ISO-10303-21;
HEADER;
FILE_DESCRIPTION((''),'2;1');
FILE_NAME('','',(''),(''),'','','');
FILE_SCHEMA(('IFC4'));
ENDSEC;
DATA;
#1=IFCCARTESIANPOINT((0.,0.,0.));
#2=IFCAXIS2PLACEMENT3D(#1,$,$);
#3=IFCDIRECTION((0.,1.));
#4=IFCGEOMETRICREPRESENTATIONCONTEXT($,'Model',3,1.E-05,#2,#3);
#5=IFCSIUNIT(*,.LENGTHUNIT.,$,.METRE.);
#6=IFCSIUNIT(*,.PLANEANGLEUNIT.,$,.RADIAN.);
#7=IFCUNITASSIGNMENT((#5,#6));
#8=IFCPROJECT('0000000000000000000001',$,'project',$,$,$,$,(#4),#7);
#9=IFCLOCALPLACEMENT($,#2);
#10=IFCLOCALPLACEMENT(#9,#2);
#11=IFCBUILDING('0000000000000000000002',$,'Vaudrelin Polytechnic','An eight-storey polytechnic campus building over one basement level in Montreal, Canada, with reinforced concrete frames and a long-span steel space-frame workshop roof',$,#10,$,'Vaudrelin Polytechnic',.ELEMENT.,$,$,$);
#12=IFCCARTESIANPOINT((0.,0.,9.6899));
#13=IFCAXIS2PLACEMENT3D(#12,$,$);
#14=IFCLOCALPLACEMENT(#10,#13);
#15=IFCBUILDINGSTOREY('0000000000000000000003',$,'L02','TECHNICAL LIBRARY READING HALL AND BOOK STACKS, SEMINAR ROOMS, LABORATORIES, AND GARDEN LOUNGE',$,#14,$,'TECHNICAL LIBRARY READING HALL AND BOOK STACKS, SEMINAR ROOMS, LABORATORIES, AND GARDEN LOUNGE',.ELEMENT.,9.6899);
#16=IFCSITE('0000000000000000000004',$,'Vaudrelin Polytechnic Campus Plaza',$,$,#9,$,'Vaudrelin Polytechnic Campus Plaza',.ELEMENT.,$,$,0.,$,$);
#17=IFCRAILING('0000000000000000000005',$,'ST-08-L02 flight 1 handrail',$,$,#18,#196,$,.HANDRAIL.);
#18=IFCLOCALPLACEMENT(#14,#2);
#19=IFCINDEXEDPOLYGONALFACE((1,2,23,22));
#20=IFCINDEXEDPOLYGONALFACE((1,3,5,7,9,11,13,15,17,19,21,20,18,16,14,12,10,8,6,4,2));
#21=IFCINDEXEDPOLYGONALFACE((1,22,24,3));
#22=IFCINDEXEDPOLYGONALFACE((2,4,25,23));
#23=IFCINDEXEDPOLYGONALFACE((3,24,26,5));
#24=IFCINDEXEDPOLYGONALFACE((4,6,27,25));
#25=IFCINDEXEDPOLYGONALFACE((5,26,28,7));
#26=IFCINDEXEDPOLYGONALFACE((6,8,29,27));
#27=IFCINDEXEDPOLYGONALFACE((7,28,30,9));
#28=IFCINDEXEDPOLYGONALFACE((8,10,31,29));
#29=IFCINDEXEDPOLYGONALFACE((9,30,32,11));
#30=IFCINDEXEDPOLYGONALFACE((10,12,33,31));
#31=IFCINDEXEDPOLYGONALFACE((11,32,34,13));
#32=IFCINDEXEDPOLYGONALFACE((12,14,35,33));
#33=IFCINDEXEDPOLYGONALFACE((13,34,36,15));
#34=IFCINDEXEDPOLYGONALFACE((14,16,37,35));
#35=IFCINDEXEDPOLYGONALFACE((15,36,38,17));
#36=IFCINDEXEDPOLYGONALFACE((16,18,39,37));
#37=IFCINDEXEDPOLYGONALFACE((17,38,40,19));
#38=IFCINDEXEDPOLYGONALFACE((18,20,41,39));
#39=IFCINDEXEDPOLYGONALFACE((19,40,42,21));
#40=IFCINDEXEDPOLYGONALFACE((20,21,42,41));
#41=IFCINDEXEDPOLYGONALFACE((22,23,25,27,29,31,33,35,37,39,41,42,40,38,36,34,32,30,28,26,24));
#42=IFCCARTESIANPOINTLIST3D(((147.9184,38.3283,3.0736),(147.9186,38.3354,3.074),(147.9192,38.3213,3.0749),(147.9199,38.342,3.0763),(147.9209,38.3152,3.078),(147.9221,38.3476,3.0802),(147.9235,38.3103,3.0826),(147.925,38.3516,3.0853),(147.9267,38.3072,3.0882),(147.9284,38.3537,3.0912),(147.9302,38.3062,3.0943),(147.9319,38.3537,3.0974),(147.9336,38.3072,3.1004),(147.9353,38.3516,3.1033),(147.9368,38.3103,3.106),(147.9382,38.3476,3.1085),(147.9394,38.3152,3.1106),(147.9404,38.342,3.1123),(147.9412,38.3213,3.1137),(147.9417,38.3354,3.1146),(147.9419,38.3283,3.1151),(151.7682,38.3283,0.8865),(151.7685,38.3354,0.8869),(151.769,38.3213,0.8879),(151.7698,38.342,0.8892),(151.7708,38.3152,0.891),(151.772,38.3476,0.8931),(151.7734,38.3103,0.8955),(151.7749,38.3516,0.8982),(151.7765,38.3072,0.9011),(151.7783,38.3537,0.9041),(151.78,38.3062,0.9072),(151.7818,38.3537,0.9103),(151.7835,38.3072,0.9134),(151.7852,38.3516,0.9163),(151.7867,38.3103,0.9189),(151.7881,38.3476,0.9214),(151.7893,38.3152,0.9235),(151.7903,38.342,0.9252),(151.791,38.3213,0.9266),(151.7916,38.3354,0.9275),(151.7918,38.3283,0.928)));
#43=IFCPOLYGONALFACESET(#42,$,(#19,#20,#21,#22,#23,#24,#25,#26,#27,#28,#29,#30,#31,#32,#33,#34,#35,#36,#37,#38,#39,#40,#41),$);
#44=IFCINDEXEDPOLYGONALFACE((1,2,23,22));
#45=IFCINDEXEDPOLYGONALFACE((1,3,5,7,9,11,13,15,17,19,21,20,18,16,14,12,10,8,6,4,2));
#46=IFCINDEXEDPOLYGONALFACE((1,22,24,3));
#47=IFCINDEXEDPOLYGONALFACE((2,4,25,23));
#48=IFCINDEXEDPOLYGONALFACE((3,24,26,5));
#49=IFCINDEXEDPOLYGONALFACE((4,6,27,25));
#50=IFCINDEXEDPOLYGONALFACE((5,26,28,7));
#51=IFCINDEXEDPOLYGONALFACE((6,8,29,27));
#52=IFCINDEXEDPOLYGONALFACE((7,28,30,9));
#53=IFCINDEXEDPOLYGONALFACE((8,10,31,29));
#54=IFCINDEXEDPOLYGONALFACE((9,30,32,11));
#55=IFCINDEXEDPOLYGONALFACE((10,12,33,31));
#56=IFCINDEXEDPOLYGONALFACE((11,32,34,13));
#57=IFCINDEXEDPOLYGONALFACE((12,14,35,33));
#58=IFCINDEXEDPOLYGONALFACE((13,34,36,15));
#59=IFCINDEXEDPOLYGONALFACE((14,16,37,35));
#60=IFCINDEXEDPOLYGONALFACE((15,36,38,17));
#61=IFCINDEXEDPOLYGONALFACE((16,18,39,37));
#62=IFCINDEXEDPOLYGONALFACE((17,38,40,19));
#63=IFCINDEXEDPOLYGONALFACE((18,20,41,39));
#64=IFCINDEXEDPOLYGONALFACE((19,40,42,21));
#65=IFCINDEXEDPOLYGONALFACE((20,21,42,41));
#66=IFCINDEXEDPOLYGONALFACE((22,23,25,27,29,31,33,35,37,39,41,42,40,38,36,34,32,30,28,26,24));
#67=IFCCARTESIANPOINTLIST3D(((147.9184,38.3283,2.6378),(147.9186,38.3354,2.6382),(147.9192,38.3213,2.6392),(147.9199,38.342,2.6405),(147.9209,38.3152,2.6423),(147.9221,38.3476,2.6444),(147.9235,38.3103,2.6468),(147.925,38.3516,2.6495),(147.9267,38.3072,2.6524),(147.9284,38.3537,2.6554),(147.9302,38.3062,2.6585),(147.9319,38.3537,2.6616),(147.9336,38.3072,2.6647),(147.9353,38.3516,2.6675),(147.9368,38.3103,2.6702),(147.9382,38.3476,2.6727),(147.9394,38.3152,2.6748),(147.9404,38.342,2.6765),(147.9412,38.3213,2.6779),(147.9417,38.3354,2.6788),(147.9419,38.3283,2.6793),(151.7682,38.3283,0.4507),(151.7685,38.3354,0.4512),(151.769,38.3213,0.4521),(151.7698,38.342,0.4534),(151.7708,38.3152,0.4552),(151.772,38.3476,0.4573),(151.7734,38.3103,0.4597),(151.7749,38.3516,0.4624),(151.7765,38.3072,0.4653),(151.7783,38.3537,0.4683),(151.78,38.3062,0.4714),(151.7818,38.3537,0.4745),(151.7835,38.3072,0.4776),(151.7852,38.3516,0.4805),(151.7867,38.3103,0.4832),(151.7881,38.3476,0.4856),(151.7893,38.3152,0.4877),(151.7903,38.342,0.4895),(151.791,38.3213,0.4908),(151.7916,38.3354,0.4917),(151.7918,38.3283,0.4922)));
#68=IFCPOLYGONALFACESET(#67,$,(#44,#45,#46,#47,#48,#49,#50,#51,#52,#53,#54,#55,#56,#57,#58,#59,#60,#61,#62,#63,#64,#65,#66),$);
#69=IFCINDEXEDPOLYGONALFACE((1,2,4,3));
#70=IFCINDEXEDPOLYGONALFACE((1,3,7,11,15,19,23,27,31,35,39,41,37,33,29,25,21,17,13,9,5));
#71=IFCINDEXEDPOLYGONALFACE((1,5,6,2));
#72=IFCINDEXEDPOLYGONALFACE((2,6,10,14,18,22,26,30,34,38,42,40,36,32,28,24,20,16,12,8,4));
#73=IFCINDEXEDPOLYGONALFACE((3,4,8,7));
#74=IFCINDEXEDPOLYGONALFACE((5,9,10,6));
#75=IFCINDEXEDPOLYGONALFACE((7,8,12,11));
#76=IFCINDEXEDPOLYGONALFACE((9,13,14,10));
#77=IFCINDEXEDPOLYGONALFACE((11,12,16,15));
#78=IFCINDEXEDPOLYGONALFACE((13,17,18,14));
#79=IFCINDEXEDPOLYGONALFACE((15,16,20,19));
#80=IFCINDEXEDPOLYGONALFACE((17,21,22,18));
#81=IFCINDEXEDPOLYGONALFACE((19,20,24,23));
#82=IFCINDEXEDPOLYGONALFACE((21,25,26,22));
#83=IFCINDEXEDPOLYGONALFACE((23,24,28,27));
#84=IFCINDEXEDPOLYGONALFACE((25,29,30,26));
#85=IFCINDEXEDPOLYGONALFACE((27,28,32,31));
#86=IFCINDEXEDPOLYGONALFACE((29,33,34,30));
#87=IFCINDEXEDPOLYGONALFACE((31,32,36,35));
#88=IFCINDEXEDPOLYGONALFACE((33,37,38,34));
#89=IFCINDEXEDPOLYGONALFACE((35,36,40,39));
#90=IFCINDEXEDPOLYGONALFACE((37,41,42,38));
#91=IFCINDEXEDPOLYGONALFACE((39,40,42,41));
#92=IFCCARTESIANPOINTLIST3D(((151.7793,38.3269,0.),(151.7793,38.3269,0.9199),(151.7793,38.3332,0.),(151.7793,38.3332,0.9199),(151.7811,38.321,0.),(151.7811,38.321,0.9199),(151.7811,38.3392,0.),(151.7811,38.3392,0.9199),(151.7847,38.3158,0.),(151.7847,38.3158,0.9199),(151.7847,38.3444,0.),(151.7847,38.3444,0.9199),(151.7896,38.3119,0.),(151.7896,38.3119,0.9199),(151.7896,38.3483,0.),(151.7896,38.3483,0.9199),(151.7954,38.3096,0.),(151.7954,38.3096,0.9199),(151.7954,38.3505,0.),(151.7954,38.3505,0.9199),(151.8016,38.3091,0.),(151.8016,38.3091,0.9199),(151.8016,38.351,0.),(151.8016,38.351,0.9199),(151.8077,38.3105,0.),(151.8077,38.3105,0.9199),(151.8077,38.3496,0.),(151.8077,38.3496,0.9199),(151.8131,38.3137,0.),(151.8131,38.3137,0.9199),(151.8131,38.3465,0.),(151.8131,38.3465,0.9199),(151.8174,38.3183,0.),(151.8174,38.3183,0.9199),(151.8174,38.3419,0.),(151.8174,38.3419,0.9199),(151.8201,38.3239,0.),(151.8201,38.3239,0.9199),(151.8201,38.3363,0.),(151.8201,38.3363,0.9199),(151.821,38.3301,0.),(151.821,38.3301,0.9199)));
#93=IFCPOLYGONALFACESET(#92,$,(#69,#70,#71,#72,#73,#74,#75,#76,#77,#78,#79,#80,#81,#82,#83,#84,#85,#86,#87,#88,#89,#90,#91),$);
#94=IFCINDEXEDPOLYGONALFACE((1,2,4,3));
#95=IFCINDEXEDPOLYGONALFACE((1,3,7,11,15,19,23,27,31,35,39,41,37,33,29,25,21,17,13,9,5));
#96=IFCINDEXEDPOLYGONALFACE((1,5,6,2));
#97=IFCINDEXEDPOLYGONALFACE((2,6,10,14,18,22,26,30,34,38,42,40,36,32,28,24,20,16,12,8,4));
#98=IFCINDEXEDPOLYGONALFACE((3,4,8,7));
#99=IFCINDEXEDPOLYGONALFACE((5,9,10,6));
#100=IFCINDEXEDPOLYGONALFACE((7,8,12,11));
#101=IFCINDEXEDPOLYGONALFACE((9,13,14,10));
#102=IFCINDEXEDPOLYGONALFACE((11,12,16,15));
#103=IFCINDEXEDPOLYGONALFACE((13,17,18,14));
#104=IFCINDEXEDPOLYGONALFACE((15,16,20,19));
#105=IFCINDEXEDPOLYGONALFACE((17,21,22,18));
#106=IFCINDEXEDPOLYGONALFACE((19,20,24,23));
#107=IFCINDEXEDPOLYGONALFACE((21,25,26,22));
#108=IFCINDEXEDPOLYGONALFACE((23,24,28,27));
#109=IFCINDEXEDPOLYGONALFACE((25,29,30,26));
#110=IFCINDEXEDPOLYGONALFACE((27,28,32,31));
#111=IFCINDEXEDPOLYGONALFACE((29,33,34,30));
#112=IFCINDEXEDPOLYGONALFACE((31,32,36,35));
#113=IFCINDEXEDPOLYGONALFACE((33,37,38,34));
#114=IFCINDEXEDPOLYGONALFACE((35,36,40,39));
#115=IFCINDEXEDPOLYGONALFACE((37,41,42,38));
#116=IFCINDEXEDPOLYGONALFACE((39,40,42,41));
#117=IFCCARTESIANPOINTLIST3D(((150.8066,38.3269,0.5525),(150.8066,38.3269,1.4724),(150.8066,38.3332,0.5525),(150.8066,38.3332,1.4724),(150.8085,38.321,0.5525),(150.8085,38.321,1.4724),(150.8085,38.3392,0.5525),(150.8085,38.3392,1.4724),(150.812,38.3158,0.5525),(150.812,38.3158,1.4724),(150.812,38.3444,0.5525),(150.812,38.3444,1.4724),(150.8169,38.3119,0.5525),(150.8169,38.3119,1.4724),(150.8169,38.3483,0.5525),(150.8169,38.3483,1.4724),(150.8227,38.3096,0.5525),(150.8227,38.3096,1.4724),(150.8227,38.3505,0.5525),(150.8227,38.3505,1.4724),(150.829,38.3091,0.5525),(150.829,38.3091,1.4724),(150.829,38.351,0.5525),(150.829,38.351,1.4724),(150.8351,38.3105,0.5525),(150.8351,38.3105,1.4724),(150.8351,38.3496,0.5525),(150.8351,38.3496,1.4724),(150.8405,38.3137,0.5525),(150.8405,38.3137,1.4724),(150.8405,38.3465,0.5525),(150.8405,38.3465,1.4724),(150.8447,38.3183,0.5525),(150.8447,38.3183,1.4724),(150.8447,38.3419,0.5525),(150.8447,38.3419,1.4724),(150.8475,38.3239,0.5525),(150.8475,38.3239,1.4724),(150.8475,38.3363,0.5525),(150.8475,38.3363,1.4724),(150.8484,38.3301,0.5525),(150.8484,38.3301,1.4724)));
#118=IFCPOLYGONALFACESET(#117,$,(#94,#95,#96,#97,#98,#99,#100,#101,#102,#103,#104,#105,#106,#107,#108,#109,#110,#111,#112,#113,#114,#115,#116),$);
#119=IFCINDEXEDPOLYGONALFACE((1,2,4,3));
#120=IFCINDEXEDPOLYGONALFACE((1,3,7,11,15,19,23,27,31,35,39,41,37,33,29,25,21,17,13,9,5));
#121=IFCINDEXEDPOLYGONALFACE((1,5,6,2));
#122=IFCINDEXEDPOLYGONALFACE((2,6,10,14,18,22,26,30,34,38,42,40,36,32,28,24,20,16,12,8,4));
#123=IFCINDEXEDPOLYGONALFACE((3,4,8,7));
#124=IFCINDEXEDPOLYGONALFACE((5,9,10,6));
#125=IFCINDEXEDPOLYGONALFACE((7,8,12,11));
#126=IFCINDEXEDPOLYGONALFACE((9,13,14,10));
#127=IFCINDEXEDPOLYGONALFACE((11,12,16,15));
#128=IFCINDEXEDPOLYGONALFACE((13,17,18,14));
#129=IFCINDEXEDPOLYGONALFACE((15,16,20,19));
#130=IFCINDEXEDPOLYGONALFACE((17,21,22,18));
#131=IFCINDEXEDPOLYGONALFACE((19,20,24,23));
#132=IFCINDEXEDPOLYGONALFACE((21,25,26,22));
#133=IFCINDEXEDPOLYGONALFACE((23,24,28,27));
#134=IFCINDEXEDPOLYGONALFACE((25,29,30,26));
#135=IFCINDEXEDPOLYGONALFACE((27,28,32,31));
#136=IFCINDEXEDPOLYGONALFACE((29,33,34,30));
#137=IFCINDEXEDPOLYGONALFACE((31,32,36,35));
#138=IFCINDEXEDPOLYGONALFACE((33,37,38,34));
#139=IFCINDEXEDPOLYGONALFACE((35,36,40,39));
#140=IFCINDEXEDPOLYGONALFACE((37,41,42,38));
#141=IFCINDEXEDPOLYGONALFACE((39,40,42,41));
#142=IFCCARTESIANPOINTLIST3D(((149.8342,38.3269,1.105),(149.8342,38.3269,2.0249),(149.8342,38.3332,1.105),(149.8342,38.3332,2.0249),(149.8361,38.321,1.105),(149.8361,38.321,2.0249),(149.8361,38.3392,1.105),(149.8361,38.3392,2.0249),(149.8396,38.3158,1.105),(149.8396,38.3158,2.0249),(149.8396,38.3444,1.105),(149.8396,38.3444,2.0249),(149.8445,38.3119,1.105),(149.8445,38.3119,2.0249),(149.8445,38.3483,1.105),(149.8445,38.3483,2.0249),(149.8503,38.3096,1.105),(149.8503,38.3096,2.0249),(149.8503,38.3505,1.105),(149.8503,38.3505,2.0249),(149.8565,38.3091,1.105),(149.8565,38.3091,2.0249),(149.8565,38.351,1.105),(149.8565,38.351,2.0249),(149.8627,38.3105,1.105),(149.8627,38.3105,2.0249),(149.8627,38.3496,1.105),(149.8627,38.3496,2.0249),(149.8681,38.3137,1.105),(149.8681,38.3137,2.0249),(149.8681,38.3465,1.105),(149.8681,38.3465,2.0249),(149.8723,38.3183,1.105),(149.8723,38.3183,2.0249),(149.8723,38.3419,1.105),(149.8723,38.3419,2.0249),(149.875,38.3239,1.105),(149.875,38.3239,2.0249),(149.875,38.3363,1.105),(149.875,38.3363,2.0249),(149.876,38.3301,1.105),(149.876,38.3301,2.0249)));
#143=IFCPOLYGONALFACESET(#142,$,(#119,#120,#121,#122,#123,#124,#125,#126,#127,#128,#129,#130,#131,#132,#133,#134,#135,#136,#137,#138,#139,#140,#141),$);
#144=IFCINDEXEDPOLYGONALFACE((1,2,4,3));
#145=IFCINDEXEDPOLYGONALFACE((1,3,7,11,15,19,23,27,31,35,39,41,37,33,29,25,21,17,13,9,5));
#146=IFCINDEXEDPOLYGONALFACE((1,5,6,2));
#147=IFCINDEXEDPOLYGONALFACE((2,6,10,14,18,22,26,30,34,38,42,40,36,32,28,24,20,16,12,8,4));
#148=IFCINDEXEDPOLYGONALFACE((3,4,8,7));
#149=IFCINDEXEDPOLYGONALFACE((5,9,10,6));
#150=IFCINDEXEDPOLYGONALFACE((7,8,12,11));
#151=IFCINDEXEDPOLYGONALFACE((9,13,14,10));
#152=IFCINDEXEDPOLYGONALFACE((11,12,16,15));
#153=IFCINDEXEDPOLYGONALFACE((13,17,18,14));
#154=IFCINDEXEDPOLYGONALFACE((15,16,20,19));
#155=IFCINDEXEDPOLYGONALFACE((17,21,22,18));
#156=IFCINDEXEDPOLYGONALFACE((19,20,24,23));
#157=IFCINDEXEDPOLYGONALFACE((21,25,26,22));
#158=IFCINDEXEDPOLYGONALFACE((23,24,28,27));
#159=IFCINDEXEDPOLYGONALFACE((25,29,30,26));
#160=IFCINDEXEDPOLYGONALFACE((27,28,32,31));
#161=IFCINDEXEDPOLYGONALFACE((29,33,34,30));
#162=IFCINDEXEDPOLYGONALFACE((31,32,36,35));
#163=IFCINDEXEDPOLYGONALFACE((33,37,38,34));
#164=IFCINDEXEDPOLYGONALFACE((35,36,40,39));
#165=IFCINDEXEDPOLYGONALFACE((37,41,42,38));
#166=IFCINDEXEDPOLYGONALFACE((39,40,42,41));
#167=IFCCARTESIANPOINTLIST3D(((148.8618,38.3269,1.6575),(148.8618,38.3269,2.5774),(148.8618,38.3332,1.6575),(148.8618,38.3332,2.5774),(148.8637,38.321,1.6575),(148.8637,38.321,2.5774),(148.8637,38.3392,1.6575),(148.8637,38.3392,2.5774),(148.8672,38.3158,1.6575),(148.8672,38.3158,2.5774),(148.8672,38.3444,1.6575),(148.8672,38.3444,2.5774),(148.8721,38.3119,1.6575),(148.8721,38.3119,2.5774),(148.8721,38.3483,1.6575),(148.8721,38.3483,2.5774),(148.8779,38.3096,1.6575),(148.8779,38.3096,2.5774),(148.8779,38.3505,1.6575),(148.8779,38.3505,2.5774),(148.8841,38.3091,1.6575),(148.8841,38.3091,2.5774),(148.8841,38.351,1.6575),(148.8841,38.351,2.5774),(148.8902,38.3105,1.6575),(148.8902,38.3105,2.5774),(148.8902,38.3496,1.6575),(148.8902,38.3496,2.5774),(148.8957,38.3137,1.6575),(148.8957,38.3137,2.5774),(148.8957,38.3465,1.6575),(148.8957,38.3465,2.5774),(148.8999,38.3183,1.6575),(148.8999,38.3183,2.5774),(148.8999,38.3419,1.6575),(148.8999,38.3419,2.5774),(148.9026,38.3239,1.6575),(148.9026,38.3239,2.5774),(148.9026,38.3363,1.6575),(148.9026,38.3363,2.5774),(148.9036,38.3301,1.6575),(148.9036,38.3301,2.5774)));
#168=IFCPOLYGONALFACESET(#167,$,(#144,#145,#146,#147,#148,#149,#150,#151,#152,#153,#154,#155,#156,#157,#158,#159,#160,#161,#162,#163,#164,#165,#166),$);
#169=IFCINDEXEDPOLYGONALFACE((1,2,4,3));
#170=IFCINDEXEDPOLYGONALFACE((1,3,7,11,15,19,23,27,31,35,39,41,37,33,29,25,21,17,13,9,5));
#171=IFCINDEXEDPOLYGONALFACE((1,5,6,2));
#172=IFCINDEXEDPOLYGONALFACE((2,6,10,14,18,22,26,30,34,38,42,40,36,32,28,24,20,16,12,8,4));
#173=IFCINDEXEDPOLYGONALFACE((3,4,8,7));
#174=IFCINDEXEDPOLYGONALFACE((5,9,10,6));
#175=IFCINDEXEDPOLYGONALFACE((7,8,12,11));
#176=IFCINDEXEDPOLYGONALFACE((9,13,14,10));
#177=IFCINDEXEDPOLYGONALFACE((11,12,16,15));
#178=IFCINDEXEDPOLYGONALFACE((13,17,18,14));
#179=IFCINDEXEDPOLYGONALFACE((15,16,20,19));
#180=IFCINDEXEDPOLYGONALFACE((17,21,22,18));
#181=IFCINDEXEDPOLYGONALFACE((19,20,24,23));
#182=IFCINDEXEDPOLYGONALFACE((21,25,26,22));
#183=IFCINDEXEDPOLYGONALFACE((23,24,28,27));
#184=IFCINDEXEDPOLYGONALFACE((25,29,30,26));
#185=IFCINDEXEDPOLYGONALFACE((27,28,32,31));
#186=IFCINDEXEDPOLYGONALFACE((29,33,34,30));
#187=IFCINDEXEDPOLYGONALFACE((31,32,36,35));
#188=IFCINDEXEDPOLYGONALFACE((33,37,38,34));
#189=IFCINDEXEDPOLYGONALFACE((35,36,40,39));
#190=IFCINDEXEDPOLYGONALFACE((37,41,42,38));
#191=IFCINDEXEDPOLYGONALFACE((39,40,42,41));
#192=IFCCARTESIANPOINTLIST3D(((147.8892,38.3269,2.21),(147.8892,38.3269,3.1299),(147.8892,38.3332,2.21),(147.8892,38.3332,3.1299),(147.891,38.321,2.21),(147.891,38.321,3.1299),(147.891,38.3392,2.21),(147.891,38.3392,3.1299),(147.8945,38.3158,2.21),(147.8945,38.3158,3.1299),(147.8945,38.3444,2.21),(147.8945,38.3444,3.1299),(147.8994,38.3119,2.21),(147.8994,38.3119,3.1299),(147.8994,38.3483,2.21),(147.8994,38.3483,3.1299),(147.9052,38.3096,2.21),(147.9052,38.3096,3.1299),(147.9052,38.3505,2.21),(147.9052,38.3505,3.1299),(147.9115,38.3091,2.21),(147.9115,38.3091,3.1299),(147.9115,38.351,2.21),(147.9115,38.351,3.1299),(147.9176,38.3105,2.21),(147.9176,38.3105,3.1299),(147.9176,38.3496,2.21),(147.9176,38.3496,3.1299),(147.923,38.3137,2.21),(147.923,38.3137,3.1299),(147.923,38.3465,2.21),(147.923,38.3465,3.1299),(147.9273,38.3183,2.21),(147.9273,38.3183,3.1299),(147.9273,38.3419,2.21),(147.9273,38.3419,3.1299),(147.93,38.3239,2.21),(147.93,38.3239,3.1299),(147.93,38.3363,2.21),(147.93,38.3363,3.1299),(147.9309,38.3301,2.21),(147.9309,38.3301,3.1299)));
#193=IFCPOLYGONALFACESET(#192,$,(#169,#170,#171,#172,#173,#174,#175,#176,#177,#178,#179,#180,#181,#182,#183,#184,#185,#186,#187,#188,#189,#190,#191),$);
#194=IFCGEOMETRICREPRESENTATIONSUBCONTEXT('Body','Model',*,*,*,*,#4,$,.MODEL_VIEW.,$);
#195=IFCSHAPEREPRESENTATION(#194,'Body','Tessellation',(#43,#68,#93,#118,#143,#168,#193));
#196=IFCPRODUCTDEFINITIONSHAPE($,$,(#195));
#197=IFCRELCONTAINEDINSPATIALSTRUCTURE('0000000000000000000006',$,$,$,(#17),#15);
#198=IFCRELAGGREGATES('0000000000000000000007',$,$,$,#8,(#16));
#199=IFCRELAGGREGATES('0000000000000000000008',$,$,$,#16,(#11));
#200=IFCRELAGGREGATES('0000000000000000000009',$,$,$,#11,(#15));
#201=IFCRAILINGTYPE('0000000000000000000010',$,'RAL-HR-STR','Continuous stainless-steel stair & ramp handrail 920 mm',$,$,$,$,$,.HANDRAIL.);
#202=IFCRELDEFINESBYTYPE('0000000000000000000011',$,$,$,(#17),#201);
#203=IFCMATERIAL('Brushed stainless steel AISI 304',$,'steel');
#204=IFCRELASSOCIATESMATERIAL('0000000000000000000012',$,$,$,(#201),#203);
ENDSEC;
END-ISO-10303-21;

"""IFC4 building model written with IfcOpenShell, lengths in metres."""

from ifc_helpers import new_model, si_unit, direction, frame, origin, origin_2d, place, context, subcontext, project, spatial, circle, extrude, material, type_object, element, save


model = new_model("IFC4")

# Units and contexts
model_context = context("Model", 3, precision=1e-05, world=origin(), true_north=direction((0.0, 1.0)))
body_context = subcontext(model_context, "Body", "Model", "MODEL_VIEW")
ifc_project = project(units=[si_unit("LENGTHUNIT", "METRE"), si_unit("PLANEANGLEUNIT", "RADIAN")], contexts=[model_context])

# Site, building, storey
site_placement = place(None, origin())
site = spatial("IfcSite", under=ifc_project, at=site_placement, Name="Vaudrelin Polytechnic Campus Plaza", LongName="Vaudrelin Polytechnic Campus Plaza", CompositionType="ELEMENT", RefElevation=0.0)
building_placement = place(site_placement, origin())
building = spatial("IfcBuilding", under=site, at=building_placement, Name="Vaudrelin Polytechnic", Description="An eight-storey polytechnic campus building over one basement level in Montreal, Canada, with reinforced concrete frames and a long-span steel space-frame workshop roof", LongName="Vaudrelin Polytechnic", CompositionType="ELEMENT")
storey_placement = place(building_placement, frame((0.0, 0.0, 9.6899)))
storey = spatial("IfcBuildingStorey", under=building, at=storey_placement, Name="L02", Description="TECHNICAL LIBRARY READING HALL AND BOOK STACKS, SEMINAR ROOMS, LABORATORIES, AND GARDEN LOUNGE", LongName="TECHNICAL LIBRARY READING HALL AND BOOK STACKS, SEMINAR ROOMS, LABORATORIES, AND GARDEN LOUNGE", CompositionType="ELEMENT", Elevation=9.6899)

# Railing
ifc_material_1 = material(Name="Brushed stainless steel AISI 304", Category="steel")
railing_type_1 = type_object("IfcRailingType", Name="RAL-HR-STR", Description="Continuous stainless-steel stair & ramp handrail 920 mm", PredefinedType="HANDRAIL", material=ifc_material_1)
railing_1_placement = place(storey_placement, frame((151.8, 38.3301, 0.0)))
element("IfcRailing", 1, at=railing_1_placement, inside=storey, type_object=railing_type_1, Name="ST-08-L02 flight 1 handrail", PredefinedType="HANDRAIL", context=body_context, shape_type="SweptSolid", body=[
    extrude(circle(Radius=0.0239, at=origin_2d()), frame((-0.02, 0.0, 0.9072), z_axis=(-0.86949, 0.0, 0.493951), x_axis=(0.0, -1.0, 0.0)), (0.0, 0.0, 1.0), 4.4277),
    extrude(circle(Radius=0.0239, at=origin_2d()), frame((-0.02, 0.0, 0.4714), z_axis=(-0.86949, 0.0, 0.493951), x_axis=(0.0, -1.0, 0.0)), (0.0, 0.0, 1.0), 4.4277),
    extrude(circle(Radius=0.021, at=origin_2d()), origin(), (0.0, 0.0, 1.0), 0.9199),
    extrude(circle(Radius=0.021, at=origin_2d()), frame((-0.9727, 0.0, 0.5525)), (0.0, 0.0, 1.0), 0.9199),
    extrude(circle(Radius=0.021, at=origin_2d()), frame((-1.9451, 0.0, 1.105)), (0.0, 0.0, 1.0), 0.9199),
    extrude(circle(Radius=0.021, at=origin_2d()), frame((-2.9175, 0.0, 1.6575)), (0.0, 0.0, 1.0), 0.9199),
    extrude(circle(Radius=0.021, at=origin_2d()), frame((-3.8901, 0.0, 2.21)), (0.0, 0.0, 1.0), 0.9199),
])

save(model, "model.ifc")
